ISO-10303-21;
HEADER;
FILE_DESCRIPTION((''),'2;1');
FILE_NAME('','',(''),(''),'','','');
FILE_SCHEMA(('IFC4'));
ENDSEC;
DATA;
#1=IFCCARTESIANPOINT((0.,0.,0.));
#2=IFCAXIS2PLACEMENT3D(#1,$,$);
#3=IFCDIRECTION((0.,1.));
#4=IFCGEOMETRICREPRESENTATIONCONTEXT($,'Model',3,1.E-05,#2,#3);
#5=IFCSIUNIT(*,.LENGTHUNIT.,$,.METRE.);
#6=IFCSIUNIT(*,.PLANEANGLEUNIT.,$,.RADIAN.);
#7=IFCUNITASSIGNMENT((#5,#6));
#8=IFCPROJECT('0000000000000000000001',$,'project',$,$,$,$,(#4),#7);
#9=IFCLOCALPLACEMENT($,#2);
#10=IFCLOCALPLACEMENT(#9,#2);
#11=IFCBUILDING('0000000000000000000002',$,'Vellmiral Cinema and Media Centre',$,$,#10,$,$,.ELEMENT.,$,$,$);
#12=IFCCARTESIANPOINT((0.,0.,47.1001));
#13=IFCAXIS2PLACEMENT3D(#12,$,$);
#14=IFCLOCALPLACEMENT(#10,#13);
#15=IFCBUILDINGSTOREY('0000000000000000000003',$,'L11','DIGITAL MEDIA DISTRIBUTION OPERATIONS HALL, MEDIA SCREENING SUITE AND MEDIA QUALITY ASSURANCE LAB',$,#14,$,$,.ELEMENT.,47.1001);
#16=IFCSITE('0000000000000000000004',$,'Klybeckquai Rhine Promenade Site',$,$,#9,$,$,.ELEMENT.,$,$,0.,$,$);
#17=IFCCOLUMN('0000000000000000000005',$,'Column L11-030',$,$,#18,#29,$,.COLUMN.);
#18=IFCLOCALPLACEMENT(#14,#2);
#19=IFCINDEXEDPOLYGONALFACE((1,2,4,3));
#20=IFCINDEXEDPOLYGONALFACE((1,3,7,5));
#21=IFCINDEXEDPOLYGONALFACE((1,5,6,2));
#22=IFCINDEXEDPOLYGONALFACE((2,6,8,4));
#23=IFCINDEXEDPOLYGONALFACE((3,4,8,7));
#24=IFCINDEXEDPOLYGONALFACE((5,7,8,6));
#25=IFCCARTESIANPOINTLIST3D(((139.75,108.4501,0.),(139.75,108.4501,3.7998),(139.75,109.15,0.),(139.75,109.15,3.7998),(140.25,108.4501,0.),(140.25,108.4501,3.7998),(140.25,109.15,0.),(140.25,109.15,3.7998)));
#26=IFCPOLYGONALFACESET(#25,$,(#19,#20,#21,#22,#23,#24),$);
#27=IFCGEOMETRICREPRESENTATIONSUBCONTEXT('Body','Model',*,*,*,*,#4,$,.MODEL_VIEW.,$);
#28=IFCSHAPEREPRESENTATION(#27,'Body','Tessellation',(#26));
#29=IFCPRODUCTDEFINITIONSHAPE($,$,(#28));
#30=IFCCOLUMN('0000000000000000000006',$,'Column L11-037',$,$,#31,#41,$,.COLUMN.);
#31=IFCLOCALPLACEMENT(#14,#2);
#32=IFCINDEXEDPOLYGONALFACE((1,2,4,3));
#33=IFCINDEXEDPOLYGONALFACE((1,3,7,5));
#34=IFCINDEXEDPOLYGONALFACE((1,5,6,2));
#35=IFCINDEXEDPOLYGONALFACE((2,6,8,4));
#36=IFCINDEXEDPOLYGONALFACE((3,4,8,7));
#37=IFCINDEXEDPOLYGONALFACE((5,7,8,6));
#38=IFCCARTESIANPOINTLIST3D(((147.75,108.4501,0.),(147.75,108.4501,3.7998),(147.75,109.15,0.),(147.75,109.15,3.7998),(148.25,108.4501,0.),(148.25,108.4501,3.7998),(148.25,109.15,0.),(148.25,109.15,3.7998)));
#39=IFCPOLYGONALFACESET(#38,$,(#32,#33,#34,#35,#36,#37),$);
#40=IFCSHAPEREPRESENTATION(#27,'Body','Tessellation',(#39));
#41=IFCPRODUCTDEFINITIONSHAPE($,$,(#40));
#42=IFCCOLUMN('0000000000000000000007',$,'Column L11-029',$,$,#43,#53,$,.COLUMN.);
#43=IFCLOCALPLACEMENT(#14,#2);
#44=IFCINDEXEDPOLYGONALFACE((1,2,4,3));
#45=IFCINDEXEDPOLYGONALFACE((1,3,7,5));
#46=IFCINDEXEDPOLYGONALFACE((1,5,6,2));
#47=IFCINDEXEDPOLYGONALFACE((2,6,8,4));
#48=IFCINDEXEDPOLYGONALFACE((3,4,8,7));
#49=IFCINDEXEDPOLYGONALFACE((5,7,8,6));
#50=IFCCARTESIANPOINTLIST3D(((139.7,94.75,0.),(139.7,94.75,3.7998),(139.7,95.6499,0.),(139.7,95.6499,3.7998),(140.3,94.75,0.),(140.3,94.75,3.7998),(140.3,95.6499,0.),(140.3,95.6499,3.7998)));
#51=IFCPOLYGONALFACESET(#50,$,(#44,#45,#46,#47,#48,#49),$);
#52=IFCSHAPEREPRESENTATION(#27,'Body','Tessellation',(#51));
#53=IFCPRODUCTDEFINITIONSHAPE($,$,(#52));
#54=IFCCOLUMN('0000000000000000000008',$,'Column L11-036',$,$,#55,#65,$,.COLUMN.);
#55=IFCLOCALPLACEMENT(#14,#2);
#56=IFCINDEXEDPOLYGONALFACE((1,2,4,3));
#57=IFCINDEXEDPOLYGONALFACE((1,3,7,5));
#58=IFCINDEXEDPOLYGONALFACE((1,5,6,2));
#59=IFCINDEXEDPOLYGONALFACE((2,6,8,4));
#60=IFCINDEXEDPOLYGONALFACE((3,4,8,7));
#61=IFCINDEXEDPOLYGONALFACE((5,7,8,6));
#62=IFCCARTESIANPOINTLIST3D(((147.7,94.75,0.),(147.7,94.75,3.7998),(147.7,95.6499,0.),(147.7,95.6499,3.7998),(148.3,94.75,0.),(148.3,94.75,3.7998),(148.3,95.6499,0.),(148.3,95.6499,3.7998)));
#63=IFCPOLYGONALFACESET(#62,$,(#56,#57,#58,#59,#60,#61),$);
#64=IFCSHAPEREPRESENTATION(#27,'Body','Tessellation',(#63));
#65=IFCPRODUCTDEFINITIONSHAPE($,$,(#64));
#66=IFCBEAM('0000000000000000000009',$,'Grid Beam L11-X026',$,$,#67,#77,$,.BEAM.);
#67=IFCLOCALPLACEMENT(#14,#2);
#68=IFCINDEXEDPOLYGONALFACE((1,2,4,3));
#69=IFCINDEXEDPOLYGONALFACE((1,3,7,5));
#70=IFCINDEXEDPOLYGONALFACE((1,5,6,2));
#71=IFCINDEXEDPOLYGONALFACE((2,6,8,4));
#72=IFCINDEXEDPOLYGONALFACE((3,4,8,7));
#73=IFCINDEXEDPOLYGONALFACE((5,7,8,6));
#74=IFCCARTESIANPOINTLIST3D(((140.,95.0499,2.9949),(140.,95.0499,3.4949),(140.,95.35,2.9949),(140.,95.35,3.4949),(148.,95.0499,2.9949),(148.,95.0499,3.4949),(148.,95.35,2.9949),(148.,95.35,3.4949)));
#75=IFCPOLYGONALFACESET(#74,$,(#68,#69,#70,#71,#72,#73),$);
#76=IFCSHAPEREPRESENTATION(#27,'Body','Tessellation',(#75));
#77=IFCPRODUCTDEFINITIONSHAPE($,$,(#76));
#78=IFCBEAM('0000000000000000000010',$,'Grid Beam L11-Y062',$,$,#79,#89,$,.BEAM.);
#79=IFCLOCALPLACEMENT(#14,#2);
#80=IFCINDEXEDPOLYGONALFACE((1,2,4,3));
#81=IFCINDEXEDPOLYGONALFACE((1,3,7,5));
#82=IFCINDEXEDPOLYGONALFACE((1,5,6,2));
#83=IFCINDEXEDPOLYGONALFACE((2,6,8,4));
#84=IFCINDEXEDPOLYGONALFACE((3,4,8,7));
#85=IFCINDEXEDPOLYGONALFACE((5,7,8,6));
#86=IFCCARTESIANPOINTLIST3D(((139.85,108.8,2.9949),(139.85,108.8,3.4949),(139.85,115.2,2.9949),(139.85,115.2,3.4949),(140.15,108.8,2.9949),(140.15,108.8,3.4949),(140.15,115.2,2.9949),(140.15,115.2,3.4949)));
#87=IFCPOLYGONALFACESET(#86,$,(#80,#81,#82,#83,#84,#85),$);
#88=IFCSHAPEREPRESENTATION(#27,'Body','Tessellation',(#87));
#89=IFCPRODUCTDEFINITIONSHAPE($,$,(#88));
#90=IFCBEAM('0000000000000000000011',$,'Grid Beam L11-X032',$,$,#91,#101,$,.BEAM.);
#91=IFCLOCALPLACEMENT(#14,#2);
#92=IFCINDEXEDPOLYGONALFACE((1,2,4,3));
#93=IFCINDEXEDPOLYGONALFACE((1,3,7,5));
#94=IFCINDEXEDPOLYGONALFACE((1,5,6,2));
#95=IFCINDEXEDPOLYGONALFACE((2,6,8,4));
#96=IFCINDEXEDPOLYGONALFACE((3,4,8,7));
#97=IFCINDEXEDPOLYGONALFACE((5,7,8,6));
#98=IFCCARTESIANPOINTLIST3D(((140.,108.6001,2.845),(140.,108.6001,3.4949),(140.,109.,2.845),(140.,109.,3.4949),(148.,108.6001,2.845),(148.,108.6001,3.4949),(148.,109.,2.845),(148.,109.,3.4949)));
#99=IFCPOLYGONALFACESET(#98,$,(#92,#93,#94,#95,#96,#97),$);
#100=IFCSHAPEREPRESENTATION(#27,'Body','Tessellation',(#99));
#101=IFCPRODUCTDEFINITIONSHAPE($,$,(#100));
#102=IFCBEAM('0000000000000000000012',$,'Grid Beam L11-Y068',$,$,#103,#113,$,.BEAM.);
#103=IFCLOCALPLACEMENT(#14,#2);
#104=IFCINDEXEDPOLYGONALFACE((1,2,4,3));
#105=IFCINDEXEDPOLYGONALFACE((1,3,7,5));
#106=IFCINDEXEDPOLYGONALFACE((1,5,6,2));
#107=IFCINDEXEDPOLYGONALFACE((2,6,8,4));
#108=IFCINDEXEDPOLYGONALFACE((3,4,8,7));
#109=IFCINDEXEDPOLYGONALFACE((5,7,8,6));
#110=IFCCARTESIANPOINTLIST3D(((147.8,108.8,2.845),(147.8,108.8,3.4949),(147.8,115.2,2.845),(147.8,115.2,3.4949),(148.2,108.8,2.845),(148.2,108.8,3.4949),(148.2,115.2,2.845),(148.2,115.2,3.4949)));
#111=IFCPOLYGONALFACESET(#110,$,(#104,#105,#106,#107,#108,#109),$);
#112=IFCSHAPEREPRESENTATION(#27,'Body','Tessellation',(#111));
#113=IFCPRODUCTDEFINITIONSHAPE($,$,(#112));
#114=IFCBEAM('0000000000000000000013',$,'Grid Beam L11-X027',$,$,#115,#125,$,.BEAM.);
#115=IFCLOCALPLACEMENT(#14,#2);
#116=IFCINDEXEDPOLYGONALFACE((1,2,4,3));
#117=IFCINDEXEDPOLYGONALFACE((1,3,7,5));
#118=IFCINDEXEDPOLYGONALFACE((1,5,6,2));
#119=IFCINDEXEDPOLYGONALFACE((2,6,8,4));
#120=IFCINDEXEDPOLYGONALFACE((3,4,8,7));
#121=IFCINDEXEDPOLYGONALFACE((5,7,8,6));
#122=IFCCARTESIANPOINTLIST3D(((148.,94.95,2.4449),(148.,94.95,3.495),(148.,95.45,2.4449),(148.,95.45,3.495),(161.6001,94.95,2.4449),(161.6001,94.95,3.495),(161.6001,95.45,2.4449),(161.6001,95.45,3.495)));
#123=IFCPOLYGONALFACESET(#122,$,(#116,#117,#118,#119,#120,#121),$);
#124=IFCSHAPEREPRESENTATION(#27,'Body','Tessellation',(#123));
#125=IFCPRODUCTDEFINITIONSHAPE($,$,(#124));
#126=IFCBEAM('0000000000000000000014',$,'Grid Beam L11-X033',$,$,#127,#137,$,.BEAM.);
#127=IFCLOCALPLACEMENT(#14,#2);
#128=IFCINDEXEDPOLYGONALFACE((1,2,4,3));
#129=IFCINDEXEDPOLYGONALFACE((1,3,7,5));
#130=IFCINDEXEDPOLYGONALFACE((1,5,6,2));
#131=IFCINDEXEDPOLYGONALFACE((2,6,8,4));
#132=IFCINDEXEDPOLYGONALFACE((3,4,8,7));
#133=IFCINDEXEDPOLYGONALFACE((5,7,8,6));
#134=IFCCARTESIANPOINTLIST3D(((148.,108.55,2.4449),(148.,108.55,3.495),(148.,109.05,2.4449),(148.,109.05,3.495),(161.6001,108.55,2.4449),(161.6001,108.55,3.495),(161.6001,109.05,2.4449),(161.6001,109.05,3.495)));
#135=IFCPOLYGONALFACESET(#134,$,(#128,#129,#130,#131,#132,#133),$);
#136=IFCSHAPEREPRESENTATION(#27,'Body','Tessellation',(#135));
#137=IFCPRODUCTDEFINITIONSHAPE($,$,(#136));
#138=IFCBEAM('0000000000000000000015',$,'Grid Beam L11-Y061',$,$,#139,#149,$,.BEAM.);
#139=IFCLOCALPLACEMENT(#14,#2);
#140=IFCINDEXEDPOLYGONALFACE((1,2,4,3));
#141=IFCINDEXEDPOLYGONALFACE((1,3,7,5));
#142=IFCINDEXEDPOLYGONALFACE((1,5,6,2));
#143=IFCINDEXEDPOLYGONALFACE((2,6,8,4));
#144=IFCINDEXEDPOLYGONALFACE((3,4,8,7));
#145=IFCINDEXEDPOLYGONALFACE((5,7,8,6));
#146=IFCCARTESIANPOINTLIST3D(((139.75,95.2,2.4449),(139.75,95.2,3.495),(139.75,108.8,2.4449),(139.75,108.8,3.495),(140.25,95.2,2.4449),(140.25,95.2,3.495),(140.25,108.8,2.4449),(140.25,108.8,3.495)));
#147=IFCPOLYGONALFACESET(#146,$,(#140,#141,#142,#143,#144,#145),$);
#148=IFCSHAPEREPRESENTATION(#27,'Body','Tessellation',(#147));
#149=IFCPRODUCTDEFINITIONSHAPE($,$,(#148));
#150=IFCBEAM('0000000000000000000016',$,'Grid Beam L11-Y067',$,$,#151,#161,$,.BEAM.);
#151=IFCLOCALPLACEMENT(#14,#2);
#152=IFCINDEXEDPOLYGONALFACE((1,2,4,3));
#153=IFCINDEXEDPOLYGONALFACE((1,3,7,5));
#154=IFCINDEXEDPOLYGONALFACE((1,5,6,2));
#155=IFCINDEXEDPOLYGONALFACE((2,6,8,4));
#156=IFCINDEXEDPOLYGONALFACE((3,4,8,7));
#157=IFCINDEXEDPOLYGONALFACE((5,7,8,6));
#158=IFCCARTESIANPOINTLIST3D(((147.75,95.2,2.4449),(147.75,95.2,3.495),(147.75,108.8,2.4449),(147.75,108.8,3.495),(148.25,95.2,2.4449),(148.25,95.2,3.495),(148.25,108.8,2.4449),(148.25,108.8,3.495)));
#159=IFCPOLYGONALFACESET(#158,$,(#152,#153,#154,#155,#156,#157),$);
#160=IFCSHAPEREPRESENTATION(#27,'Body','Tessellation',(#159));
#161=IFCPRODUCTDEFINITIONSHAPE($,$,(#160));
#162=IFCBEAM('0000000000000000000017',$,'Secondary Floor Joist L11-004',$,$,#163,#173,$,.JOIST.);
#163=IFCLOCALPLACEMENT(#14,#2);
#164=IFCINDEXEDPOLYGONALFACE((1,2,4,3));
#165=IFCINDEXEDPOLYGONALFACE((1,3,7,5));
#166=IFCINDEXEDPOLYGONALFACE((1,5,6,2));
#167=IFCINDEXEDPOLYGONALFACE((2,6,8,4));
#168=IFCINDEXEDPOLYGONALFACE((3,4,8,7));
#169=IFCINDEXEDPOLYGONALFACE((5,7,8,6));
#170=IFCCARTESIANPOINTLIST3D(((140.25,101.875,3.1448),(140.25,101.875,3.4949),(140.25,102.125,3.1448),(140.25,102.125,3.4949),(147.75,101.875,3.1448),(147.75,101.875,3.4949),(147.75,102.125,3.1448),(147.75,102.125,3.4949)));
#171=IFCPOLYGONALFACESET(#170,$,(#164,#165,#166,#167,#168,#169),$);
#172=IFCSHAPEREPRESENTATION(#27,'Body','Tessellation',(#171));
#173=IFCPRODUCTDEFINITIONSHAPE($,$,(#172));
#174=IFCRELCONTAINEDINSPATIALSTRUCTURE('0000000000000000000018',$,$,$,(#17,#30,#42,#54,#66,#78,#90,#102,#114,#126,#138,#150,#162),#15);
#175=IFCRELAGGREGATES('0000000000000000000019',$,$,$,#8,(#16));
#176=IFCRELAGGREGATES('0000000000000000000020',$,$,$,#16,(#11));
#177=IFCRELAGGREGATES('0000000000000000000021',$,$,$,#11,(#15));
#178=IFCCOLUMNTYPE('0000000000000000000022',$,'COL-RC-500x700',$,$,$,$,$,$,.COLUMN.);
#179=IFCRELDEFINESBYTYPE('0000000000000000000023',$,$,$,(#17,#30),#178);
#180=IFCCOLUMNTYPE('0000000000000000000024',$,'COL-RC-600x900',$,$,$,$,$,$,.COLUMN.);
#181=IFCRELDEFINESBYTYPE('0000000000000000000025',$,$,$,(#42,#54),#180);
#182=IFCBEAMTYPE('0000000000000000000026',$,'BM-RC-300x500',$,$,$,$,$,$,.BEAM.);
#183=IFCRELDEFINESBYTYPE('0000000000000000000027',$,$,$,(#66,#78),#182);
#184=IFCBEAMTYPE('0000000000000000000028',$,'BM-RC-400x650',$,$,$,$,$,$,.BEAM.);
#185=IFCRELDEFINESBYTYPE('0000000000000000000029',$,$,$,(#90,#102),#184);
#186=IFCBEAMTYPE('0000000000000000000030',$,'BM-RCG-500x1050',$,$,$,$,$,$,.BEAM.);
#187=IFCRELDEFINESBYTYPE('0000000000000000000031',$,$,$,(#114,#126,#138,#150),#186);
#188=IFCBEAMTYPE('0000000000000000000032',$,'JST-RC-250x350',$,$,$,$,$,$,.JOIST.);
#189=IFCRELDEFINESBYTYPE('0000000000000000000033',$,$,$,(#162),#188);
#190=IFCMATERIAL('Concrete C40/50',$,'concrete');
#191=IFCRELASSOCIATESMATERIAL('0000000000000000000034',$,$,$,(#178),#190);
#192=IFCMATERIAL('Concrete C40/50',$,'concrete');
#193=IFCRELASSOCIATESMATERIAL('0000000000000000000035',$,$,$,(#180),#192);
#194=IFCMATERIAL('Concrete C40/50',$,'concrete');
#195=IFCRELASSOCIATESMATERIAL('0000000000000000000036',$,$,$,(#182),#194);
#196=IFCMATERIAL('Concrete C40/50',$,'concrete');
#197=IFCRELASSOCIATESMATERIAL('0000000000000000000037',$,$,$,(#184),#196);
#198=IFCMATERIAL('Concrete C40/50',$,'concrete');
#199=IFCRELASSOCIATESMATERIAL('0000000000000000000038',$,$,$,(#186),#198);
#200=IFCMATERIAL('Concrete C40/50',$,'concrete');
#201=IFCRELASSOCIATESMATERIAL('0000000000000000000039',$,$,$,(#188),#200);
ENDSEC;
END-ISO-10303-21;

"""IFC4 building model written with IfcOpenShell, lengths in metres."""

from ifc_helpers import new_model, si_unit, direction, frame, origin, origin_2d, place, context, subcontext, project, spatial, rectangle, extrude, material, material_profile, profile_set, type_object, element, save


model = new_model("IFC4")

# Units and contexts
model_context = context("Model", 3, precision=1e-05, world=origin(), true_north=direction((0.0, 1.0)))
body_context = subcontext(model_context, "Body", "Model", "MODEL_VIEW")
ifc_project = project(units=[si_unit("LENGTHUNIT", "METRE"), si_unit("PLANEANGLEUNIT", "RADIAN")], contexts=[model_context])

# Site, building, storey
site_placement = place(None, origin())
site = spatial("IfcSite", under=ifc_project, at=site_placement, Name="Klybeckquai Rhine Promenade Site", CompositionType="ELEMENT", RefElevation=0.0)
building_placement = place(site_placement, origin())
building = spatial("IfcBuilding", under=site, at=building_placement, Name="Vellmiral Cinema and Media Centre", CompositionType="ELEMENT")
storey_placement = place(building_placement, frame((0.0, 0.0, 47.1001)))
storey = spatial("IfcBuildingStorey", under=building, at=storey_placement, Name="L11", Description="DIGITAL MEDIA DISTRIBUTION OPERATIONS HALL, MEDIA SCREENING SUITE AND MEDIA QUALITY ASSURANCE LAB", CompositionType="ELEMENT", Elevation=47.1001)

# Columns
ifc_material_1 = material(Name="Concrete C40/50", Category="concrete")
ifc_material_profile_1 = material_profile(ifc_material_1, rectangle(XDim=0.5, YDim=0.7, at=origin_2d()), Name="RC 500x700")
ifc_profile_set_1 = profile_set([ifc_material_profile_1], Name="Concrete C40/50")
column_type_1 = type_object("IfcColumnType", Name="COL-RC-500x700", PredefinedType="COLUMN", material=ifc_profile_set_1)
for number, where, z_axis, x_axis, name in (
    (1, (140.0, 108.8, 0.0), (0.0, 0.0, 1.0), (1.0, 0.0, 0.0), "Column L11-030"),
    (2, (148.0, 108.8, 0.0), (0.0, 0.0, 1.0), (1.0, 0.0, 0.0), "Column L11-037"),
):
    element("IfcColumn", number, at=place(storey_placement, frame(where, z_axis=z_axis, x_axis=x_axis)), inside=storey, type_object=column_type_1, Name=name, PredefinedType="COLUMN", context=body_context, shape_type="SweptSolid", body=[
        extrude(rectangle(XDim=0.5, YDim=0.7, at=origin_2d()), origin(), (0.0, 0.0, 1.0), 3.7998),
    ])
ifc_material_2 = material(Name="Concrete C40/50", Category="concrete")
ifc_material_profile_2 = material_profile(ifc_material_2, rectangle(XDim=0.6001, YDim=0.8999, at=origin_2d()), Name="RC 600x900")
ifc_profile_set_2 = profile_set([ifc_material_profile_2], Name="Concrete C40/50")
column_type_2 = type_object("IfcColumnType", Name="COL-RC-600x900", PredefinedType="COLUMN", material=ifc_profile_set_2)
for number, where, z_axis, x_axis, name in (
    (3, (140.0, 95.2, 0.0), (0.0, 0.0, 1.0), (1.0, 0.0, 0.0), "Column L11-029"),
    (4, (148.0, 95.2, 0.0), (0.0, 0.0, 1.0), (1.0, 0.0, 0.0), "Column L11-036"),
):
    element("IfcColumn", number, at=place(storey_placement, frame(where, z_axis=z_axis, x_axis=x_axis)), inside=storey, type_object=column_type_2, Name=name, PredefinedType="COLUMN", context=body_context, shape_type="SweptSolid", body=[
        extrude(rectangle(XDim=0.6001, YDim=0.8999, at=origin_2d()), origin(), (0.0, 0.0, 1.0), 3.7998),
    ])

# Beams
ifc_material_3 = material(Name="Concrete C40/50", Category="concrete")
ifc_material_profile_3 = material_profile(ifc_material_3, rectangle(XDim=0.3, YDim=0.5, at=origin_2d()), Name="RC 300x500")
ifc_profile_set_3 = profile_set([ifc_material_profile_3], Name="Concrete C40/50")
beam_type_1 = type_object("IfcBeamType", Name="BM-RC-300x500", PredefinedType="BEAM", material=ifc_profile_set_3)
beam_1_placement = place(storey_placement, frame((140.0, 95.2, 3.2449), z_axis=(1.0, 0.0, 0.0), x_axis=(0.0, 1.0, 0.0)))
element("IfcBeam", 5, at=beam_1_placement, inside=storey, type_object=beam_type_1, Name="Grid Beam L11-X026", PredefinedType="BEAM", context=body_context, shape_type="SweptSolid", body=[
    extrude(rectangle(XDim=0.3, YDim=0.5, at=origin_2d()), origin(), (0.0, 0.0, 1.0), 8.0),
])
beam_2_placement = place(storey_placement, frame((140.0, 108.8, 3.2449), z_axis=(0.0, 1.0, 0.0), x_axis=(-1.0, 0.0, 0.0)))
element("IfcBeam", 6, at=beam_2_placement, inside=storey, type_object=beam_type_1, Name="Grid Beam L11-Y062", PredefinedType="BEAM", context=body_context, shape_type="SweptSolid", body=[
    extrude(rectangle(XDim=0.3, YDim=0.5, at=origin_2d()), origin(), (0.0, 0.0, 1.0), 6.3999),
])
ifc_material_4 = material(Name="Concrete C40/50", Category="concrete")
ifc_material_profile_4 = material_profile(ifc_material_4, rectangle(XDim=0.3999, YDim=0.6499, at=origin_2d()), Name="RC 400x650")
ifc_profile_set_4 = profile_set([ifc_material_profile_4], Name="Concrete C40/50")
beam_type_2 = type_object("IfcBeamType", Name="BM-RC-400x650", PredefinedType="BEAM", material=ifc_profile_set_4)
beam_3_placement = place(storey_placement, frame((140.0, 108.8, 3.1699), z_axis=(1.0, 0.0, 0.0), x_axis=(0.0, 1.0, 0.0)))
element("IfcBeam", 7, at=beam_3_placement, inside=storey, type_object=beam_type_2, Name="Grid Beam L11-X032", PredefinedType="BEAM", context=body_context, shape_type="SweptSolid", body=[
    extrude(rectangle(XDim=0.3999, YDim=0.6499, at=origin_2d()), origin(), (0.0, 0.0, 1.0), 8.0),
])
beam_4_placement = place(storey_placement, frame((148.0, 108.8, 3.1699), z_axis=(0.0, 1.0, 0.0), x_axis=(-1.0, 0.0, 0.0)))
element("IfcBeam", 8, at=beam_4_placement, inside=storey, type_object=beam_type_2, Name="Grid Beam L11-Y068", PredefinedType="BEAM", context=body_context, shape_type="SweptSolid", body=[
    extrude(rectangle(XDim=0.3999, YDim=0.6499, at=origin_2d()), origin(), (0.0, 0.0, 1.0), 6.3999),
])
ifc_material_5 = material(Name="Concrete C40/50", Category="concrete")
ifc_material_profile_5 = material_profile(ifc_material_5, rectangle(XDim=0.5, YDim=1.05, at=origin_2d()), Name="RC 500x1050")
ifc_profile_set_5 = profile_set([ifc_material_profile_5], Name="Concrete C40/50")
beam_type_3 = type_object("IfcBeamType", Name="BM-RCG-500x1050", PredefinedType="BEAM", material=ifc_profile_set_5)
for number, where, z_axis, x_axis, name in (
    (9, (148.0, 95.2, 2.97), (1.0, 0.0, 0.0), (0.0, 1.0, 0.0), "Grid Beam L11-X027"),
    (10, (148.0, 108.8, 2.97), (1.0, 0.0, 0.0), (0.0, 1.0, 0.0), "Grid Beam L11-X033"),
    (11, (140.0, 95.2, 2.97), (0.0, 1.0, 0.0), (-1.0, 0.0, 0.0), "Grid Beam L11-Y061"),
    (12, (148.0, 95.2, 2.97), (0.0, 1.0, 0.0), (-1.0, 0.0, 0.0), "Grid Beam L11-Y067"),
):
    element("IfcBeam", number, at=place(storey_placement, frame(where, z_axis=z_axis, x_axis=x_axis)), inside=storey, type_object=beam_type_3, Name=name, PredefinedType="BEAM", context=body_context, shape_type="SweptSolid", body=[
        extrude(rectangle(XDim=0.5, YDim=1.05, at=origin_2d()), origin(), (0.0, 0.0, 1.0), 13.6001),
    ])
ifc_material_6 = material(Name="Concrete C40/50", Category="concrete")
ifc_material_profile_6 = material_profile(ifc_material_6, rectangle(XDim=0.25, YDim=0.3501, at=origin_2d()), Name="RC 250x350")
ifc_profile_set_6 = profile_set([ifc_material_profile_6], Name="Concrete C40/50")
beam_type_4 = type_object("IfcBeamType", Name="JST-RC-250x350", PredefinedType="JOIST", material=ifc_profile_set_6)
beam_5_placement = place(storey_placement, frame((140.25, 102.0, 3.3198), z_axis=(1.0, 0.0, 0.0), x_axis=(0.0, 1.0, 0.0)))
element("IfcBeam", 13, at=beam_5_placement, inside=storey, type_object=beam_type_4, Name="Secondary Floor Joist L11-004", PredefinedType="JOIST", context=body_context, shape_type="SweptSolid", body=[
    extrude(rectangle(XDim=0.25, YDim=0.3501, at=origin_2d()), origin(), (0.0, 0.0, 1.0), 7.5),
])

save(model, "model.ifc")
